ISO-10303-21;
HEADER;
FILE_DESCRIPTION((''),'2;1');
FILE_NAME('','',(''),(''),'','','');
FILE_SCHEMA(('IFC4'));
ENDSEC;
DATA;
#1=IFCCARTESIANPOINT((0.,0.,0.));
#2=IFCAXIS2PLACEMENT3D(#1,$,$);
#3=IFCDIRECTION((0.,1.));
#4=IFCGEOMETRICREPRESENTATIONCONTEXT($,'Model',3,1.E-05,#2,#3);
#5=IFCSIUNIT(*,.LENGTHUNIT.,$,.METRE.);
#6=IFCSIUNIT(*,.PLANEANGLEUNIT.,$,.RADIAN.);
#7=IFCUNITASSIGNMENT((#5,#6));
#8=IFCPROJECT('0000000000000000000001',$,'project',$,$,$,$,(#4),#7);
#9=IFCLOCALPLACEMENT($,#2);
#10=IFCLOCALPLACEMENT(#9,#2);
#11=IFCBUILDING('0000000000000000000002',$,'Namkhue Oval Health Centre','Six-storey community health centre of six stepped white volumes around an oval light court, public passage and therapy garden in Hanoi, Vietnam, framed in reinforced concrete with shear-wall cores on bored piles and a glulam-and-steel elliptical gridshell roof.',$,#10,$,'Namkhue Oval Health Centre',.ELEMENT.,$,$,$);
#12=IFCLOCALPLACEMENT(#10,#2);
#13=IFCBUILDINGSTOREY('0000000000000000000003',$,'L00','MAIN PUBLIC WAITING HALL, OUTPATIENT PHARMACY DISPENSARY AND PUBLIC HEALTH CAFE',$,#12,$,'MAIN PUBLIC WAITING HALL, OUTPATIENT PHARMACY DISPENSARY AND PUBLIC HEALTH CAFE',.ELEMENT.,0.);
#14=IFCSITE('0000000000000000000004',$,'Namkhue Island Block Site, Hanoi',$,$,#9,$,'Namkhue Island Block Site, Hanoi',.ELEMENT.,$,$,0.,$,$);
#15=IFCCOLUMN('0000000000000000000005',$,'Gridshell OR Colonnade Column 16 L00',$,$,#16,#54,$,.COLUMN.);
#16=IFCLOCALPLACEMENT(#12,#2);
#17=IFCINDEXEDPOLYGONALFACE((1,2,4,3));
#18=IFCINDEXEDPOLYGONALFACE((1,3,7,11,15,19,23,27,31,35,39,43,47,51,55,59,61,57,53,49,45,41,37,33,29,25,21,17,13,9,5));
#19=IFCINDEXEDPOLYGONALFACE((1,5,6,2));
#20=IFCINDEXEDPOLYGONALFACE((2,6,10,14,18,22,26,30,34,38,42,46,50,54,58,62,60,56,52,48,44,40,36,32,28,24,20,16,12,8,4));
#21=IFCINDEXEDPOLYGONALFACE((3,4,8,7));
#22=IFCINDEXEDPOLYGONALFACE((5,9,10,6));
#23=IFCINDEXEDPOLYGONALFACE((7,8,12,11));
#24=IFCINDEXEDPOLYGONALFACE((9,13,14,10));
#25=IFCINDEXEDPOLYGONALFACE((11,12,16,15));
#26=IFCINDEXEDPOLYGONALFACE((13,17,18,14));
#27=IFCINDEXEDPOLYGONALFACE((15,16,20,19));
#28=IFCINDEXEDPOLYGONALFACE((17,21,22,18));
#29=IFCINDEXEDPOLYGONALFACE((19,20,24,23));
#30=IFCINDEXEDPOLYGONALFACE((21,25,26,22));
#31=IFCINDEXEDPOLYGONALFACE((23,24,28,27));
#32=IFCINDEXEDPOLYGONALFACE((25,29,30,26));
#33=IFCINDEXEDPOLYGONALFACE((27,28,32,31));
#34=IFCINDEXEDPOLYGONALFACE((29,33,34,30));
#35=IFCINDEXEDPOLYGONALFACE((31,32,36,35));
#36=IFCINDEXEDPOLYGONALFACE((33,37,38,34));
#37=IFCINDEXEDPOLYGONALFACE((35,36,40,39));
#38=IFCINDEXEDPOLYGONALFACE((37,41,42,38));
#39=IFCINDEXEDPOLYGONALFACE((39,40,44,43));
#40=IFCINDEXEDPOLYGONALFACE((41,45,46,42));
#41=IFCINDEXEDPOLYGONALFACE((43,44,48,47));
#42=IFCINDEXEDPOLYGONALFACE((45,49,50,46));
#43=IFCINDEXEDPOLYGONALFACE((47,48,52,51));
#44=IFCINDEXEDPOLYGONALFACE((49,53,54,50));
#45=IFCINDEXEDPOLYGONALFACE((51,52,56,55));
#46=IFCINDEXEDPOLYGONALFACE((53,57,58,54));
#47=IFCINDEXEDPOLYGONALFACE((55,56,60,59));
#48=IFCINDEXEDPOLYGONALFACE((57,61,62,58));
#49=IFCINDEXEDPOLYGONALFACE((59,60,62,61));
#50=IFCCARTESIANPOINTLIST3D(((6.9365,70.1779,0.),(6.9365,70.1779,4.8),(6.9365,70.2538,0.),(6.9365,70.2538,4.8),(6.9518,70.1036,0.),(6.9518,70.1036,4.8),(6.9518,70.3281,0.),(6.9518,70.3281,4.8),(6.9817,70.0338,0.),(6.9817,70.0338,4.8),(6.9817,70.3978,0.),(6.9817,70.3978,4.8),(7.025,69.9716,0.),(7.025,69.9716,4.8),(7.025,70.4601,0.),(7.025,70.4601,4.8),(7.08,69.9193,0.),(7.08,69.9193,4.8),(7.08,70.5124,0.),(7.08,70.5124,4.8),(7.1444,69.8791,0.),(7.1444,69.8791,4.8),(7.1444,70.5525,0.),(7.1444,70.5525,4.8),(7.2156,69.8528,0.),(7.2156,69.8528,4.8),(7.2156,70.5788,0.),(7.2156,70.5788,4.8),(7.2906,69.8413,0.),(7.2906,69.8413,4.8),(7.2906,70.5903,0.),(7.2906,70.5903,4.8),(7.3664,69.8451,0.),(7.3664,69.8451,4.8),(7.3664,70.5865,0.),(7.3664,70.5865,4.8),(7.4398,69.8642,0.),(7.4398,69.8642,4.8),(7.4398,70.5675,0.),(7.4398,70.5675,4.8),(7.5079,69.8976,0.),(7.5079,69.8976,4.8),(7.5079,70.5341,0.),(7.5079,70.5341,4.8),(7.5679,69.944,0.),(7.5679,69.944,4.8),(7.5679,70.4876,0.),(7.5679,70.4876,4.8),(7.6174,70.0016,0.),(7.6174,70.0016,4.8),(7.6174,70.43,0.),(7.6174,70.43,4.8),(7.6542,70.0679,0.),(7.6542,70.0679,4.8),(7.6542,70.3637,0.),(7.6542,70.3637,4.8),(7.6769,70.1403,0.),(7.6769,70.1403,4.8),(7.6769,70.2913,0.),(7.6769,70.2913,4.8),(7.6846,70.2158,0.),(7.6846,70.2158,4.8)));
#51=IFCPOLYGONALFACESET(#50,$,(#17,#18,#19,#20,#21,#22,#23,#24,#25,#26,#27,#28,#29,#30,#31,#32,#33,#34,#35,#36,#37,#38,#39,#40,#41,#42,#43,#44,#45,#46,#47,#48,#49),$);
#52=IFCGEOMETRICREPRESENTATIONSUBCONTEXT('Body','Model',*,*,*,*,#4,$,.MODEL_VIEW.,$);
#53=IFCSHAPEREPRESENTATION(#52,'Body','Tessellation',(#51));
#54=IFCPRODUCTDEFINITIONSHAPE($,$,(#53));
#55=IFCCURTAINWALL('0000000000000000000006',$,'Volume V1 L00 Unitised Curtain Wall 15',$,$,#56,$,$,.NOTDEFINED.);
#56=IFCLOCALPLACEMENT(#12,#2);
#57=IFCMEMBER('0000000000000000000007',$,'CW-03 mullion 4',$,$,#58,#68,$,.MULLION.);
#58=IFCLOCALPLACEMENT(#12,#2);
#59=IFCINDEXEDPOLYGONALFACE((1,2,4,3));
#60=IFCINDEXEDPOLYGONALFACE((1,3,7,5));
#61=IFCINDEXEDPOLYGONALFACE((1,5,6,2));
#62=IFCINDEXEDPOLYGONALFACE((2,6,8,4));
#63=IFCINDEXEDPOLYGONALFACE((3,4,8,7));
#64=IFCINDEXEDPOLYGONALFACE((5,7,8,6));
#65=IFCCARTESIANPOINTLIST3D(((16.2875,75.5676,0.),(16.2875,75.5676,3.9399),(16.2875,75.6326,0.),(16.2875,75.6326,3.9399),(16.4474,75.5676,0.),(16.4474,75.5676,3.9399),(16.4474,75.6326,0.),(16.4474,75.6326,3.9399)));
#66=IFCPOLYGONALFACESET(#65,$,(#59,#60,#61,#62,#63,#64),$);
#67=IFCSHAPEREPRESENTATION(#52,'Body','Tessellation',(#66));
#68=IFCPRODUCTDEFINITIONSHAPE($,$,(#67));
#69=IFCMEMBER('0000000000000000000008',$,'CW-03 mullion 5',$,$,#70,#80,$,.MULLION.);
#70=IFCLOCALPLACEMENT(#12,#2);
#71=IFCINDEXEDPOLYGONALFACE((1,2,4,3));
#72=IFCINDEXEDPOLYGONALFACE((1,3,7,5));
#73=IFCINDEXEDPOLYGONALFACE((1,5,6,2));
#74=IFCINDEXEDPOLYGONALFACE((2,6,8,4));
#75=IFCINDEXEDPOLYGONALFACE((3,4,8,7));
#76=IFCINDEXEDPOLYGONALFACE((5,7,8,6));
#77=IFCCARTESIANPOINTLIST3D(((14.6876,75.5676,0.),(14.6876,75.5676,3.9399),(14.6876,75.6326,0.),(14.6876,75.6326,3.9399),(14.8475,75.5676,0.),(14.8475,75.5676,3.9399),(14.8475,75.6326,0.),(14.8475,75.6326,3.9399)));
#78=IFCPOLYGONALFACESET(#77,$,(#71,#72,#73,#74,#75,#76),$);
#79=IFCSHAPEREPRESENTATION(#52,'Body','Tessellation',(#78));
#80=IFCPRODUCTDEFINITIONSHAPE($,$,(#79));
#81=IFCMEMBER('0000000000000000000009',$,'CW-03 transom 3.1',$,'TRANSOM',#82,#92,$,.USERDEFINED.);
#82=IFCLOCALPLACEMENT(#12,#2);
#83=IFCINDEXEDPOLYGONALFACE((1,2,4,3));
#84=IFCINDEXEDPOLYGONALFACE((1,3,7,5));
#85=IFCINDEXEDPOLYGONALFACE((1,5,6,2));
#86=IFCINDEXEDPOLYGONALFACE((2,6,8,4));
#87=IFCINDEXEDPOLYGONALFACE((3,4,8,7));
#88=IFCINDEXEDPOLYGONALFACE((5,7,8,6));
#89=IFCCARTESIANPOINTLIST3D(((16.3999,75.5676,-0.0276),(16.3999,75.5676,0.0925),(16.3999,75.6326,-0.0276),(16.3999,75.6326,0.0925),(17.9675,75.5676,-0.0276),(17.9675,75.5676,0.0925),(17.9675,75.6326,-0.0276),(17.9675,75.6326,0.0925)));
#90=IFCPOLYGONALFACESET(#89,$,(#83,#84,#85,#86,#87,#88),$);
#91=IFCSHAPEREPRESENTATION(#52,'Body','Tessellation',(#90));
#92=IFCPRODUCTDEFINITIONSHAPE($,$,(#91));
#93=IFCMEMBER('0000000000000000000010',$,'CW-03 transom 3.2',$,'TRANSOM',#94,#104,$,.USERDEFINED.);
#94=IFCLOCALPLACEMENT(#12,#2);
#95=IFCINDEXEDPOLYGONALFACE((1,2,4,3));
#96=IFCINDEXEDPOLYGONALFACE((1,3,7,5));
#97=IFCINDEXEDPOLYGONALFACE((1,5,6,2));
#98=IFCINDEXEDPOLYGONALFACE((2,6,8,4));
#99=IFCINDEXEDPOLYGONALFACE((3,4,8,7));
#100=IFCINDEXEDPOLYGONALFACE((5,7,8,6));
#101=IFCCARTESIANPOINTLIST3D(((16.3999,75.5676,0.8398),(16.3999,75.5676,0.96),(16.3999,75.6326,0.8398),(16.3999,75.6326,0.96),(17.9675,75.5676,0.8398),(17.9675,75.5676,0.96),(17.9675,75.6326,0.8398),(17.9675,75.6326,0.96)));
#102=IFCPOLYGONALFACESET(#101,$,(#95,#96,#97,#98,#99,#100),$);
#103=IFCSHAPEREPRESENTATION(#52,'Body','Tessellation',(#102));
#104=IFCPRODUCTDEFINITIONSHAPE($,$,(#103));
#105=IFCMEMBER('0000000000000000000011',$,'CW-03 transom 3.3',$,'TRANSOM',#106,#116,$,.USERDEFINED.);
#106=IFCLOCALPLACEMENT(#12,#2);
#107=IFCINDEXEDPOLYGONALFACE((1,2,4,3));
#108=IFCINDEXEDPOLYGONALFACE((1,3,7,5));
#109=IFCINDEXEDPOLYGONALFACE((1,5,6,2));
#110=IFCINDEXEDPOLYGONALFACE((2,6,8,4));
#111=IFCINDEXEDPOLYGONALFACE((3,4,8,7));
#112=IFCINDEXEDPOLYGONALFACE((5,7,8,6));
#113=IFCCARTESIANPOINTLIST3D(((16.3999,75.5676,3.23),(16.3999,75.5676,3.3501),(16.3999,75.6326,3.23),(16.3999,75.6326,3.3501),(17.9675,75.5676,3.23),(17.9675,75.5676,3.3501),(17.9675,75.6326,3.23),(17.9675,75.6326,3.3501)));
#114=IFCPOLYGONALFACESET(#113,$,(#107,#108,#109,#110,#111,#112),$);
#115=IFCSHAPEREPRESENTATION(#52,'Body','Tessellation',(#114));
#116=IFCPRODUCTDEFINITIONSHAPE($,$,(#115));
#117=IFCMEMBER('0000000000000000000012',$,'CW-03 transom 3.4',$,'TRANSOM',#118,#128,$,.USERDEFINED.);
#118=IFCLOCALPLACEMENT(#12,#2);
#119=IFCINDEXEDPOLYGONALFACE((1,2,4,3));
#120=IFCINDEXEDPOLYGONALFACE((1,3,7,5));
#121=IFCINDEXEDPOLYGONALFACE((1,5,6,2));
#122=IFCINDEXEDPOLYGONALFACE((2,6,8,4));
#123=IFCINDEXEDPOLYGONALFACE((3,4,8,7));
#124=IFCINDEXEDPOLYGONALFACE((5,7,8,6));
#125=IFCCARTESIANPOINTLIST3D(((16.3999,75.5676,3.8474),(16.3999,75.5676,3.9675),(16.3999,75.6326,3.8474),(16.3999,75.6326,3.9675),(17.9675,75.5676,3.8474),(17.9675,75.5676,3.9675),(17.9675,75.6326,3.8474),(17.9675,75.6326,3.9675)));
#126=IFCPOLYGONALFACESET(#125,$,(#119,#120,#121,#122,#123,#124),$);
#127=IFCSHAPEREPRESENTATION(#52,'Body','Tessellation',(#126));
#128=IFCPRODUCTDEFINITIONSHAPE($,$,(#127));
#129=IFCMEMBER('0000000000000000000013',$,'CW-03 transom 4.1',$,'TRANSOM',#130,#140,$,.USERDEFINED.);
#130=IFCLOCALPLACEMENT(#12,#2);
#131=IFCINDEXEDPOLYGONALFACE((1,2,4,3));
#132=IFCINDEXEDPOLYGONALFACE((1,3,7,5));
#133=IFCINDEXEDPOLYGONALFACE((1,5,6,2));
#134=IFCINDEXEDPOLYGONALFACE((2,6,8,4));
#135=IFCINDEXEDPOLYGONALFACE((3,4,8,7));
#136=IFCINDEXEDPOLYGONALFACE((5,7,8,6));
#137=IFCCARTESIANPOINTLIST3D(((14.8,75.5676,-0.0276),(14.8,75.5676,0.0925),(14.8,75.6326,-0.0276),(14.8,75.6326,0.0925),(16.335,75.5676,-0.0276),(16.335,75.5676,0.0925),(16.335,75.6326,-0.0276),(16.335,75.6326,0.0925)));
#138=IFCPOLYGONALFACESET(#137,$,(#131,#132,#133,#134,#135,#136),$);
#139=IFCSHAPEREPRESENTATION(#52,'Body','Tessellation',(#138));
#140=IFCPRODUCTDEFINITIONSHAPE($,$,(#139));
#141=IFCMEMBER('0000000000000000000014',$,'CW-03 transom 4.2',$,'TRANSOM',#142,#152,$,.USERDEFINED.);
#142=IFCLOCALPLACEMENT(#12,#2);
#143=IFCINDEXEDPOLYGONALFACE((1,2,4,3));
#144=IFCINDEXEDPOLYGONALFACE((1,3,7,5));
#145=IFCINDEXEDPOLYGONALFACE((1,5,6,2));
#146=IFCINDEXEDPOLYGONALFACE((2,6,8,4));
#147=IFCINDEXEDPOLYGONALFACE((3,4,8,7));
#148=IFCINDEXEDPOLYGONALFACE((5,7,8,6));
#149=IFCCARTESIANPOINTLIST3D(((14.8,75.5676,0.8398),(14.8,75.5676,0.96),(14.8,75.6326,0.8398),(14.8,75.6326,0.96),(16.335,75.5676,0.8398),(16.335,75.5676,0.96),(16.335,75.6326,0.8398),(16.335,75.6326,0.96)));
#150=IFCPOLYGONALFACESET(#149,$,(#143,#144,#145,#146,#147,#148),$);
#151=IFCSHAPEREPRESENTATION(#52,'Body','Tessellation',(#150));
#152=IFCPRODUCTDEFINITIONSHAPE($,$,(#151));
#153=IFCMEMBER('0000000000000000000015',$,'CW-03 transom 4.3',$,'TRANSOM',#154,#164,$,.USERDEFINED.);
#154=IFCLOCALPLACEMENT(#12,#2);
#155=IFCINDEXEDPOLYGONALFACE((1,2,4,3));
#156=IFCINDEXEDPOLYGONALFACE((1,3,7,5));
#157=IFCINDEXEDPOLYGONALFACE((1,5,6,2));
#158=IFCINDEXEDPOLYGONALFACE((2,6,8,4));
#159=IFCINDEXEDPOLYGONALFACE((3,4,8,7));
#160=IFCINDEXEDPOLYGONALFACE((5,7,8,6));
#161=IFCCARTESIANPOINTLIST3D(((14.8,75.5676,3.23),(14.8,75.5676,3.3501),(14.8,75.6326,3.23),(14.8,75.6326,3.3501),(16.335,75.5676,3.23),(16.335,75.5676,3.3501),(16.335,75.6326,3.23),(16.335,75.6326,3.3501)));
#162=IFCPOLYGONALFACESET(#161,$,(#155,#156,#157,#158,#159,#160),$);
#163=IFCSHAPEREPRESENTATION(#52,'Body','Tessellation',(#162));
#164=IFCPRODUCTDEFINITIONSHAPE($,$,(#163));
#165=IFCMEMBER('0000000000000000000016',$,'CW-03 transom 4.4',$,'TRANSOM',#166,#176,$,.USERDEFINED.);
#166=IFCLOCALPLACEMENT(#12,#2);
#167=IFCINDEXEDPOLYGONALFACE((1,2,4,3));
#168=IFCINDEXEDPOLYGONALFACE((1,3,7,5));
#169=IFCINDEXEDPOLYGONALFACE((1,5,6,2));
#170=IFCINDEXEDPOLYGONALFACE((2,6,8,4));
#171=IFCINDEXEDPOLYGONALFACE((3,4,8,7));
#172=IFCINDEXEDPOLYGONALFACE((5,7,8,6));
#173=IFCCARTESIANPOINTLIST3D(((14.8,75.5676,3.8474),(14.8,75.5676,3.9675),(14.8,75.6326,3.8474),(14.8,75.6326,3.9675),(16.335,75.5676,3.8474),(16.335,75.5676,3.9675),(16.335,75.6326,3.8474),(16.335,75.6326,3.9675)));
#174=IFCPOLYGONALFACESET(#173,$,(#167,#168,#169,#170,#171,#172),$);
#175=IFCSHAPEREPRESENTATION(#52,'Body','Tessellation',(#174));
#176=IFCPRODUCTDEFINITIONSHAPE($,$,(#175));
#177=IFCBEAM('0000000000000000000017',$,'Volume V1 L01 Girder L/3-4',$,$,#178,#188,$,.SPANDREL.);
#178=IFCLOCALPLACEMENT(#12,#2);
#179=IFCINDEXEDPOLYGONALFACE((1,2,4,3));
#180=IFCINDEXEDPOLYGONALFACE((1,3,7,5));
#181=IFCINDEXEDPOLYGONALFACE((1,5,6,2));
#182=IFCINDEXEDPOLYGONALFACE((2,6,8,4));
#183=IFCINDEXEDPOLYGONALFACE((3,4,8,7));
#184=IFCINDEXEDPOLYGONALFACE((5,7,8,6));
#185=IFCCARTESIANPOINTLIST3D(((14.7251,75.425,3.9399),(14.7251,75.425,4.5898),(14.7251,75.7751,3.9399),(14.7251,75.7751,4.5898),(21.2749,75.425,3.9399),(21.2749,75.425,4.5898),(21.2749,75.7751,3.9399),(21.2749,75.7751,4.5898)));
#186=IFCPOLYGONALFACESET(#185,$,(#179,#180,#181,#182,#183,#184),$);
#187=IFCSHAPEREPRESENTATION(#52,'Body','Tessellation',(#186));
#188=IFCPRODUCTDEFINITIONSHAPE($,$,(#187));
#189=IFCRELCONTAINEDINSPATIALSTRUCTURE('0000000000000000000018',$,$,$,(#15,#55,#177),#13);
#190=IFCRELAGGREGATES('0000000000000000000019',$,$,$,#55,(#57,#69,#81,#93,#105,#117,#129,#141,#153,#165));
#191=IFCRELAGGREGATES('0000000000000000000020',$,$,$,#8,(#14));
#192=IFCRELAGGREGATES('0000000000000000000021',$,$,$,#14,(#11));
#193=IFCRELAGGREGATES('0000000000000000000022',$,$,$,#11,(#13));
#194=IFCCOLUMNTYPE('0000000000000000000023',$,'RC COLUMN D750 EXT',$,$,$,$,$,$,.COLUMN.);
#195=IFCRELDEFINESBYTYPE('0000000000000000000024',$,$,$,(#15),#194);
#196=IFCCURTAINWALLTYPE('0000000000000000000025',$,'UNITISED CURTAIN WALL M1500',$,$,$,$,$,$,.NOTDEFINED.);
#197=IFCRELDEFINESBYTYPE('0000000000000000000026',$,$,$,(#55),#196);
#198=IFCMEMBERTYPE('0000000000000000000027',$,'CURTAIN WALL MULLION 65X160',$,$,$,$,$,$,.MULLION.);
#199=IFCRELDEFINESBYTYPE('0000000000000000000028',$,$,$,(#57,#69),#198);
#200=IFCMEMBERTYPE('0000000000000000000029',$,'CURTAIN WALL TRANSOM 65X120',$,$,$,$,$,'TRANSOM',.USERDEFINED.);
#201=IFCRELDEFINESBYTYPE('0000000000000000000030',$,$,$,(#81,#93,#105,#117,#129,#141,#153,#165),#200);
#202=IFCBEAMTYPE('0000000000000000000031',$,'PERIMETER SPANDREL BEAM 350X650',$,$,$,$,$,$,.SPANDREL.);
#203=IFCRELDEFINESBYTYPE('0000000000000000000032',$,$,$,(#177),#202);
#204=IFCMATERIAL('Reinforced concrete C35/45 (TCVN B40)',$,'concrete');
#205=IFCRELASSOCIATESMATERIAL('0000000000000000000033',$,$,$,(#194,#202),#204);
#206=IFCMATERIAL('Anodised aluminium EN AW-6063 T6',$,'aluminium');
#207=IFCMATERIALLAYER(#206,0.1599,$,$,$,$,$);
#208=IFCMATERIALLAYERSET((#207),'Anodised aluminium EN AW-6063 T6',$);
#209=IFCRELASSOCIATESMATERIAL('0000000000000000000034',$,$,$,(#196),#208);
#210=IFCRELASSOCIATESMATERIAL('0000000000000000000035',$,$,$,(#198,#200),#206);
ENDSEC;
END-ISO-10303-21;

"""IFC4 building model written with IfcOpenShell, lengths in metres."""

from ifc_helpers import new_model, si_unit, direction, frame, origin, origin_2d, place, context, subcontext, project, spatial, rectangle, circle, extrude, material, layer, layer_set, material_profile, profile_set, type_object, element, aggregate, save


model = new_model("IFC4")

# Units and contexts
model_context = context("Model", 3, precision=1e-05, world=origin(), true_north=direction((0.0, 1.0)))
body_context = subcontext(model_context, "Body", "Model", "MODEL_VIEW")
ifc_project = project(units=[si_unit("LENGTHUNIT", "METRE"), si_unit("PLANEANGLEUNIT", "RADIAN")], contexts=[model_context])

# Site, building, storey
site_placement = place(None, origin())
site = spatial("IfcSite", under=ifc_project, at=site_placement, Name="Namkhue Island Block Site, Hanoi", LongName="Namkhue Island Block Site, Hanoi", CompositionType="ELEMENT", RefElevation=0.0)
building_placement = place(site_placement, origin())
building = spatial("IfcBuilding", under=site, at=building_placement, Name="Namkhue Oval Health Centre", Description="Six-storey community health centre of six stepped white volumes around an oval light court, public passage and therapy garden in Hanoi, Vietnam, framed in reinforced concrete with shear-wall cores on bored piles and a glulam-and-steel elliptical gridshell roof.", LongName="Namkhue Oval Health Centre", CompositionType="ELEMENT")
storey_placement = place(building_placement, origin())
storey = spatial("IfcBuildingStorey", under=building, at=storey_placement, Name="L00", Description="MAIN PUBLIC WAITING HALL, OUTPATIENT PHARMACY DISPENSARY AND PUBLIC HEALTH CAFE", LongName="MAIN PUBLIC WAITING HALL, OUTPATIENT PHARMACY DISPENSARY AND PUBLIC HEALTH CAFE", CompositionType="ELEMENT", Elevation=0.0)

# Column
ifc_material_1 = material(Name="Reinforced concrete C35/45 (TCVN B40)", Category="concrete")
ifc_material_profile_1 = material_profile(ifc_material_1, circle(Radius=0.375, at=origin_2d()), Name="RC D750")
ifc_profile_set_1 = profile_set([ifc_material_profile_1], Name="Reinforced concrete C35/45 (TCVN B40)")
column_type_1 = type_object("IfcColumnType", Name="RC COLUMN D750 EXT", PredefinedType="COLUMN", material=ifc_profile_set_1)
column_1_placement = place(storey_placement, frame((7.3096, 70.2158, 0.0), z_axis=(0.0, 0.0, 1.0), x_axis=(1.0, 0.0, 0.0)))
element("IfcColumn", 1, at=column_1_placement, inside=storey, type_object=column_type_1, Name="Gridshell OR Colonnade Column 16 L00", PredefinedType="COLUMN", context=body_context, shape_type="SweptSolid", body=[
    extrude(circle(Radius=0.375, at=origin_2d()), origin(), (0.0, 0.0, 1.0), 4.8),
])

# Curtain wall, members
ifc_material_2 = material(Name="Anodised aluminium EN AW-6063 T6", Category="aluminium")
ifc_layer_1 = layer(ifc_material_2, 0.1599)
ifc_layer_set_1 = layer_set([ifc_layer_1], Name="Anodised aluminium EN AW-6063 T6")
curtain_wall_type = type_object("IfcCurtainWallType", Name="UNITISED CURTAIN WALL M1500", PredefinedType="NOTDEFINED", material=ifc_layer_set_1)
curtain_wall_placement = place(storey_placement, origin())
curtain_wall = element("IfcCurtainWall", 2, at=curtain_wall_placement, inside=storey, type_object=curtain_wall_type, Name="Volume V1 L00 Unitised Curtain Wall 15", PredefinedType="NOTDEFINED")
ifc_material_profile_2 = material_profile(ifc_material_2, rectangle(XDim=0.0649, YDim=0.1599, at=origin_2d()), Name="ALU 65x160")
ifc_profile_set_2 = profile_set([ifc_material_profile_2], Name="Anodised aluminium EN AW-6063 T6")
member_type_1 = type_object("IfcMemberType", Name="CURTAIN WALL MULLION 65X160", PredefinedType="MULLION", material=ifc_profile_set_2)
member_1_placement = place(storey_placement, frame((16.3674, 75.6001, 0.0), z_axis=(0.0, 0.0, 1.0), x_axis=(0.0, -1.0, 0.0)))
member_1 = element("IfcMember", 3, at=member_1_placement, type_object=member_type_1, Name="CW-03 mullion 4", PredefinedType="MULLION", context=body_context, shape_type="SweptSolid", body=[
    extrude(rectangle(XDim=0.0649, YDim=0.1599, at=origin_2d()), origin(), (0.0, 0.0, 1.0), 3.9399),
])
member_2_placement = place(storey_placement, frame((14.7676, 75.6001, 0.0), z_axis=(0.0, 0.0, 1.0), x_axis=(0.0, -1.0, 0.0)))
member_2 = element("IfcMember", 4, at=member_2_placement, type_object=member_type_1, Name="CW-03 mullion 5", PredefinedType="MULLION", context=body_context, shape_type="SweptSolid", body=[
    extrude(rectangle(XDim=0.0649, YDim=0.1599, at=origin_2d()), origin(), (0.0, 0.0, 1.0), 3.9399),
])
ifc_material_profile_3 = material_profile(ifc_material_2, rectangle(XDim=0.0649, YDim=0.1201, at=origin_2d()), Name="ALU 65x120")
ifc_profile_set_3 = profile_set([ifc_material_profile_3], Name="Anodised aluminium EN AW-6063 T6")
member_type_2 = type_object("IfcMemberType", Name="CURTAIN WALL TRANSOM 65X120", ElementType="TRANSOM", PredefinedType="USERDEFINED", material=ifc_profile_set_3)
member_3_placement = place(storey_placement, frame((17.9675, 75.6001, 0.0325), z_axis=(-1.0, 0.0, 0.0), x_axis=(0.0, -1.0, 0.0)))
member_3 = element("IfcMember", 5, at=member_3_placement, type_object=member_type_2, Name="CW-03 transom 3.1", ObjectType="TRANSOM", PredefinedType="USERDEFINED", context=body_context, shape_type="SweptSolid", body=[
    extrude(rectangle(XDim=0.0649, YDim=0.1201, at=origin_2d()), origin(), (0.0, 0.0, 1.0), 1.5676),
])
member_4_placement = place(storey_placement, frame((17.9675, 75.6001, 0.8999), z_axis=(-1.0, 0.0, 0.0), x_axis=(0.0, -1.0, 0.0)))
member_4 = element("IfcMember", 6, at=member_4_placement, type_object=member_type_2, Name="CW-03 transom 3.2", ObjectType="TRANSOM", PredefinedType="USERDEFINED", context=body_context, shape_type="SweptSolid", body=[
    extrude(rectangle(XDim=0.0649, YDim=0.1201, at=origin_2d()), origin(), (0.0, 0.0, 1.0), 1.5676),
])
member_5_placement = place(storey_placement, frame((17.9675, 75.6001, 3.29), z_axis=(-1.0, 0.0, 0.0), x_axis=(0.0, -1.0, 0.0)))
member_5 = element("IfcMember", 7, at=member_5_placement, type_object=member_type_2, Name="CW-03 transom 3.3", ObjectType="TRANSOM", PredefinedType="USERDEFINED", context=body_context, shape_type="SweptSolid", body=[
    extrude(rectangle(XDim=0.0649, YDim=0.1201, at=origin_2d()), origin(), (0.0, 0.0, 1.0), 1.5676),
])
member_6_placement = place(storey_placement, frame((17.9675, 75.6001, 3.9075), z_axis=(-1.0, 0.0, 0.0), x_axis=(0.0, -1.0, 0.0)))
member_6 = element("IfcMember", 8, at=member_6_placement, type_object=member_type_2, Name="CW-03 transom 3.4", ObjectType="TRANSOM", PredefinedType="USERDEFINED", context=body_context, shape_type="SweptSolid", body=[
    extrude(rectangle(XDim=0.0649, YDim=0.1201, at=origin_2d()), origin(), (0.0, 0.0, 1.0), 1.5676),
])
member_7_placement = place(storey_placement, frame((16.335, 75.6001, 0.0325), z_axis=(-1.0, 0.0, 0.0), x_axis=(0.0, -1.0, 0.0)))
member_7 = element("IfcMember", 9, at=member_7_placement, type_object=member_type_2, Name="CW-03 transom 4.1", ObjectType="TRANSOM", PredefinedType="USERDEFINED", context=body_context, shape_type="SweptSolid", body=[
    extrude(rectangle(XDim=0.0649, YDim=0.1201, at=origin_2d()), origin(), (0.0, 0.0, 1.0), 1.5349),
])
member_8_placement = place(storey_placement, frame((16.335, 75.6001, 0.8999), z_axis=(-1.0, 0.0, 0.0), x_axis=(0.0, -1.0, 0.0)))
member_8 = element("IfcMember", 10, at=member_8_placement, type_object=member_type_2, Name="CW-03 transom 4.2", ObjectType="TRANSOM", PredefinedType="USERDEFINED", context=body_context, shape_type="SweptSolid", body=[
    extrude(rectangle(XDim=0.0649, YDim=0.1201, at=origin_2d()), origin(), (0.0, 0.0, 1.0), 1.5349),
])
member_9_placement = place(storey_placement, frame((16.335, 75.6001, 3.29), z_axis=(-1.0, 0.0, 0.0), x_axis=(0.0, -1.0, 0.0)))
member_9 = element("IfcMember", 11, at=member_9_placement, type_object=member_type_2, Name="CW-03 transom 4.3", ObjectType="TRANSOM", PredefinedType="USERDEFINED", context=body_context, shape_type="SweptSolid", body=[
    extrude(rectangle(XDim=0.0649, YDim=0.1201, at=origin_2d()), origin(), (0.0, 0.0, 1.0), 1.5349),
])
member_10_placement = place(storey_placement, frame((16.335, 75.6001, 3.9075), z_axis=(-1.0, 0.0, 0.0), x_axis=(0.0, -1.0, 0.0)))
member_10 = element("IfcMember", 12, at=member_10_placement, type_object=member_type_2, Name="CW-03 transom 4.4", ObjectType="TRANSOM", PredefinedType="USERDEFINED", context=body_context, shape_type="SweptSolid", body=[
    extrude(rectangle(XDim=0.0649, YDim=0.1201, at=origin_2d()), origin(), (0.0, 0.0, 1.0), 1.5349),
])

# Beam
ifc_material_profile_4 = material_profile(ifc_material_1, rectangle(XDim=0.3501, YDim=0.6499, at=origin_2d()), Name="RC 350x650")
ifc_profile_set_4 = profile_set([ifc_material_profile_4], Name="Reinforced concrete C35/45 (TCVN B40)")
beam_type_1 = type_object("IfcBeamType", Name="PERIMETER SPANDREL BEAM 350X650", PredefinedType="SPANDREL", material=ifc_profile_set_4)
beam_1_placement = place(storey_placement, frame((14.7251, 75.6001, 4.2649), z_axis=(1.0, 0.0, 0.0), x_axis=(0.0, 1.0, 0.0)))
element("IfcBeam", 13, at=beam_1_placement, inside=storey, type_object=beam_type_1, Name="Volume V1 L01 Girder L/3-4", PredefinedType="SPANDREL", context=body_context, shape_type="SweptSolid", body=[
    extrude(rectangle(XDim=0.3501, YDim=0.6499, at=origin_2d()), origin(), (0.0, 0.0, 1.0), 6.5498),
])

aggregate(curtain_wall, [member_1, member_2, member_3, member_4, member_5, member_6, member_7, member_8, member_9, member_10])

save(model, "model.ifc")
